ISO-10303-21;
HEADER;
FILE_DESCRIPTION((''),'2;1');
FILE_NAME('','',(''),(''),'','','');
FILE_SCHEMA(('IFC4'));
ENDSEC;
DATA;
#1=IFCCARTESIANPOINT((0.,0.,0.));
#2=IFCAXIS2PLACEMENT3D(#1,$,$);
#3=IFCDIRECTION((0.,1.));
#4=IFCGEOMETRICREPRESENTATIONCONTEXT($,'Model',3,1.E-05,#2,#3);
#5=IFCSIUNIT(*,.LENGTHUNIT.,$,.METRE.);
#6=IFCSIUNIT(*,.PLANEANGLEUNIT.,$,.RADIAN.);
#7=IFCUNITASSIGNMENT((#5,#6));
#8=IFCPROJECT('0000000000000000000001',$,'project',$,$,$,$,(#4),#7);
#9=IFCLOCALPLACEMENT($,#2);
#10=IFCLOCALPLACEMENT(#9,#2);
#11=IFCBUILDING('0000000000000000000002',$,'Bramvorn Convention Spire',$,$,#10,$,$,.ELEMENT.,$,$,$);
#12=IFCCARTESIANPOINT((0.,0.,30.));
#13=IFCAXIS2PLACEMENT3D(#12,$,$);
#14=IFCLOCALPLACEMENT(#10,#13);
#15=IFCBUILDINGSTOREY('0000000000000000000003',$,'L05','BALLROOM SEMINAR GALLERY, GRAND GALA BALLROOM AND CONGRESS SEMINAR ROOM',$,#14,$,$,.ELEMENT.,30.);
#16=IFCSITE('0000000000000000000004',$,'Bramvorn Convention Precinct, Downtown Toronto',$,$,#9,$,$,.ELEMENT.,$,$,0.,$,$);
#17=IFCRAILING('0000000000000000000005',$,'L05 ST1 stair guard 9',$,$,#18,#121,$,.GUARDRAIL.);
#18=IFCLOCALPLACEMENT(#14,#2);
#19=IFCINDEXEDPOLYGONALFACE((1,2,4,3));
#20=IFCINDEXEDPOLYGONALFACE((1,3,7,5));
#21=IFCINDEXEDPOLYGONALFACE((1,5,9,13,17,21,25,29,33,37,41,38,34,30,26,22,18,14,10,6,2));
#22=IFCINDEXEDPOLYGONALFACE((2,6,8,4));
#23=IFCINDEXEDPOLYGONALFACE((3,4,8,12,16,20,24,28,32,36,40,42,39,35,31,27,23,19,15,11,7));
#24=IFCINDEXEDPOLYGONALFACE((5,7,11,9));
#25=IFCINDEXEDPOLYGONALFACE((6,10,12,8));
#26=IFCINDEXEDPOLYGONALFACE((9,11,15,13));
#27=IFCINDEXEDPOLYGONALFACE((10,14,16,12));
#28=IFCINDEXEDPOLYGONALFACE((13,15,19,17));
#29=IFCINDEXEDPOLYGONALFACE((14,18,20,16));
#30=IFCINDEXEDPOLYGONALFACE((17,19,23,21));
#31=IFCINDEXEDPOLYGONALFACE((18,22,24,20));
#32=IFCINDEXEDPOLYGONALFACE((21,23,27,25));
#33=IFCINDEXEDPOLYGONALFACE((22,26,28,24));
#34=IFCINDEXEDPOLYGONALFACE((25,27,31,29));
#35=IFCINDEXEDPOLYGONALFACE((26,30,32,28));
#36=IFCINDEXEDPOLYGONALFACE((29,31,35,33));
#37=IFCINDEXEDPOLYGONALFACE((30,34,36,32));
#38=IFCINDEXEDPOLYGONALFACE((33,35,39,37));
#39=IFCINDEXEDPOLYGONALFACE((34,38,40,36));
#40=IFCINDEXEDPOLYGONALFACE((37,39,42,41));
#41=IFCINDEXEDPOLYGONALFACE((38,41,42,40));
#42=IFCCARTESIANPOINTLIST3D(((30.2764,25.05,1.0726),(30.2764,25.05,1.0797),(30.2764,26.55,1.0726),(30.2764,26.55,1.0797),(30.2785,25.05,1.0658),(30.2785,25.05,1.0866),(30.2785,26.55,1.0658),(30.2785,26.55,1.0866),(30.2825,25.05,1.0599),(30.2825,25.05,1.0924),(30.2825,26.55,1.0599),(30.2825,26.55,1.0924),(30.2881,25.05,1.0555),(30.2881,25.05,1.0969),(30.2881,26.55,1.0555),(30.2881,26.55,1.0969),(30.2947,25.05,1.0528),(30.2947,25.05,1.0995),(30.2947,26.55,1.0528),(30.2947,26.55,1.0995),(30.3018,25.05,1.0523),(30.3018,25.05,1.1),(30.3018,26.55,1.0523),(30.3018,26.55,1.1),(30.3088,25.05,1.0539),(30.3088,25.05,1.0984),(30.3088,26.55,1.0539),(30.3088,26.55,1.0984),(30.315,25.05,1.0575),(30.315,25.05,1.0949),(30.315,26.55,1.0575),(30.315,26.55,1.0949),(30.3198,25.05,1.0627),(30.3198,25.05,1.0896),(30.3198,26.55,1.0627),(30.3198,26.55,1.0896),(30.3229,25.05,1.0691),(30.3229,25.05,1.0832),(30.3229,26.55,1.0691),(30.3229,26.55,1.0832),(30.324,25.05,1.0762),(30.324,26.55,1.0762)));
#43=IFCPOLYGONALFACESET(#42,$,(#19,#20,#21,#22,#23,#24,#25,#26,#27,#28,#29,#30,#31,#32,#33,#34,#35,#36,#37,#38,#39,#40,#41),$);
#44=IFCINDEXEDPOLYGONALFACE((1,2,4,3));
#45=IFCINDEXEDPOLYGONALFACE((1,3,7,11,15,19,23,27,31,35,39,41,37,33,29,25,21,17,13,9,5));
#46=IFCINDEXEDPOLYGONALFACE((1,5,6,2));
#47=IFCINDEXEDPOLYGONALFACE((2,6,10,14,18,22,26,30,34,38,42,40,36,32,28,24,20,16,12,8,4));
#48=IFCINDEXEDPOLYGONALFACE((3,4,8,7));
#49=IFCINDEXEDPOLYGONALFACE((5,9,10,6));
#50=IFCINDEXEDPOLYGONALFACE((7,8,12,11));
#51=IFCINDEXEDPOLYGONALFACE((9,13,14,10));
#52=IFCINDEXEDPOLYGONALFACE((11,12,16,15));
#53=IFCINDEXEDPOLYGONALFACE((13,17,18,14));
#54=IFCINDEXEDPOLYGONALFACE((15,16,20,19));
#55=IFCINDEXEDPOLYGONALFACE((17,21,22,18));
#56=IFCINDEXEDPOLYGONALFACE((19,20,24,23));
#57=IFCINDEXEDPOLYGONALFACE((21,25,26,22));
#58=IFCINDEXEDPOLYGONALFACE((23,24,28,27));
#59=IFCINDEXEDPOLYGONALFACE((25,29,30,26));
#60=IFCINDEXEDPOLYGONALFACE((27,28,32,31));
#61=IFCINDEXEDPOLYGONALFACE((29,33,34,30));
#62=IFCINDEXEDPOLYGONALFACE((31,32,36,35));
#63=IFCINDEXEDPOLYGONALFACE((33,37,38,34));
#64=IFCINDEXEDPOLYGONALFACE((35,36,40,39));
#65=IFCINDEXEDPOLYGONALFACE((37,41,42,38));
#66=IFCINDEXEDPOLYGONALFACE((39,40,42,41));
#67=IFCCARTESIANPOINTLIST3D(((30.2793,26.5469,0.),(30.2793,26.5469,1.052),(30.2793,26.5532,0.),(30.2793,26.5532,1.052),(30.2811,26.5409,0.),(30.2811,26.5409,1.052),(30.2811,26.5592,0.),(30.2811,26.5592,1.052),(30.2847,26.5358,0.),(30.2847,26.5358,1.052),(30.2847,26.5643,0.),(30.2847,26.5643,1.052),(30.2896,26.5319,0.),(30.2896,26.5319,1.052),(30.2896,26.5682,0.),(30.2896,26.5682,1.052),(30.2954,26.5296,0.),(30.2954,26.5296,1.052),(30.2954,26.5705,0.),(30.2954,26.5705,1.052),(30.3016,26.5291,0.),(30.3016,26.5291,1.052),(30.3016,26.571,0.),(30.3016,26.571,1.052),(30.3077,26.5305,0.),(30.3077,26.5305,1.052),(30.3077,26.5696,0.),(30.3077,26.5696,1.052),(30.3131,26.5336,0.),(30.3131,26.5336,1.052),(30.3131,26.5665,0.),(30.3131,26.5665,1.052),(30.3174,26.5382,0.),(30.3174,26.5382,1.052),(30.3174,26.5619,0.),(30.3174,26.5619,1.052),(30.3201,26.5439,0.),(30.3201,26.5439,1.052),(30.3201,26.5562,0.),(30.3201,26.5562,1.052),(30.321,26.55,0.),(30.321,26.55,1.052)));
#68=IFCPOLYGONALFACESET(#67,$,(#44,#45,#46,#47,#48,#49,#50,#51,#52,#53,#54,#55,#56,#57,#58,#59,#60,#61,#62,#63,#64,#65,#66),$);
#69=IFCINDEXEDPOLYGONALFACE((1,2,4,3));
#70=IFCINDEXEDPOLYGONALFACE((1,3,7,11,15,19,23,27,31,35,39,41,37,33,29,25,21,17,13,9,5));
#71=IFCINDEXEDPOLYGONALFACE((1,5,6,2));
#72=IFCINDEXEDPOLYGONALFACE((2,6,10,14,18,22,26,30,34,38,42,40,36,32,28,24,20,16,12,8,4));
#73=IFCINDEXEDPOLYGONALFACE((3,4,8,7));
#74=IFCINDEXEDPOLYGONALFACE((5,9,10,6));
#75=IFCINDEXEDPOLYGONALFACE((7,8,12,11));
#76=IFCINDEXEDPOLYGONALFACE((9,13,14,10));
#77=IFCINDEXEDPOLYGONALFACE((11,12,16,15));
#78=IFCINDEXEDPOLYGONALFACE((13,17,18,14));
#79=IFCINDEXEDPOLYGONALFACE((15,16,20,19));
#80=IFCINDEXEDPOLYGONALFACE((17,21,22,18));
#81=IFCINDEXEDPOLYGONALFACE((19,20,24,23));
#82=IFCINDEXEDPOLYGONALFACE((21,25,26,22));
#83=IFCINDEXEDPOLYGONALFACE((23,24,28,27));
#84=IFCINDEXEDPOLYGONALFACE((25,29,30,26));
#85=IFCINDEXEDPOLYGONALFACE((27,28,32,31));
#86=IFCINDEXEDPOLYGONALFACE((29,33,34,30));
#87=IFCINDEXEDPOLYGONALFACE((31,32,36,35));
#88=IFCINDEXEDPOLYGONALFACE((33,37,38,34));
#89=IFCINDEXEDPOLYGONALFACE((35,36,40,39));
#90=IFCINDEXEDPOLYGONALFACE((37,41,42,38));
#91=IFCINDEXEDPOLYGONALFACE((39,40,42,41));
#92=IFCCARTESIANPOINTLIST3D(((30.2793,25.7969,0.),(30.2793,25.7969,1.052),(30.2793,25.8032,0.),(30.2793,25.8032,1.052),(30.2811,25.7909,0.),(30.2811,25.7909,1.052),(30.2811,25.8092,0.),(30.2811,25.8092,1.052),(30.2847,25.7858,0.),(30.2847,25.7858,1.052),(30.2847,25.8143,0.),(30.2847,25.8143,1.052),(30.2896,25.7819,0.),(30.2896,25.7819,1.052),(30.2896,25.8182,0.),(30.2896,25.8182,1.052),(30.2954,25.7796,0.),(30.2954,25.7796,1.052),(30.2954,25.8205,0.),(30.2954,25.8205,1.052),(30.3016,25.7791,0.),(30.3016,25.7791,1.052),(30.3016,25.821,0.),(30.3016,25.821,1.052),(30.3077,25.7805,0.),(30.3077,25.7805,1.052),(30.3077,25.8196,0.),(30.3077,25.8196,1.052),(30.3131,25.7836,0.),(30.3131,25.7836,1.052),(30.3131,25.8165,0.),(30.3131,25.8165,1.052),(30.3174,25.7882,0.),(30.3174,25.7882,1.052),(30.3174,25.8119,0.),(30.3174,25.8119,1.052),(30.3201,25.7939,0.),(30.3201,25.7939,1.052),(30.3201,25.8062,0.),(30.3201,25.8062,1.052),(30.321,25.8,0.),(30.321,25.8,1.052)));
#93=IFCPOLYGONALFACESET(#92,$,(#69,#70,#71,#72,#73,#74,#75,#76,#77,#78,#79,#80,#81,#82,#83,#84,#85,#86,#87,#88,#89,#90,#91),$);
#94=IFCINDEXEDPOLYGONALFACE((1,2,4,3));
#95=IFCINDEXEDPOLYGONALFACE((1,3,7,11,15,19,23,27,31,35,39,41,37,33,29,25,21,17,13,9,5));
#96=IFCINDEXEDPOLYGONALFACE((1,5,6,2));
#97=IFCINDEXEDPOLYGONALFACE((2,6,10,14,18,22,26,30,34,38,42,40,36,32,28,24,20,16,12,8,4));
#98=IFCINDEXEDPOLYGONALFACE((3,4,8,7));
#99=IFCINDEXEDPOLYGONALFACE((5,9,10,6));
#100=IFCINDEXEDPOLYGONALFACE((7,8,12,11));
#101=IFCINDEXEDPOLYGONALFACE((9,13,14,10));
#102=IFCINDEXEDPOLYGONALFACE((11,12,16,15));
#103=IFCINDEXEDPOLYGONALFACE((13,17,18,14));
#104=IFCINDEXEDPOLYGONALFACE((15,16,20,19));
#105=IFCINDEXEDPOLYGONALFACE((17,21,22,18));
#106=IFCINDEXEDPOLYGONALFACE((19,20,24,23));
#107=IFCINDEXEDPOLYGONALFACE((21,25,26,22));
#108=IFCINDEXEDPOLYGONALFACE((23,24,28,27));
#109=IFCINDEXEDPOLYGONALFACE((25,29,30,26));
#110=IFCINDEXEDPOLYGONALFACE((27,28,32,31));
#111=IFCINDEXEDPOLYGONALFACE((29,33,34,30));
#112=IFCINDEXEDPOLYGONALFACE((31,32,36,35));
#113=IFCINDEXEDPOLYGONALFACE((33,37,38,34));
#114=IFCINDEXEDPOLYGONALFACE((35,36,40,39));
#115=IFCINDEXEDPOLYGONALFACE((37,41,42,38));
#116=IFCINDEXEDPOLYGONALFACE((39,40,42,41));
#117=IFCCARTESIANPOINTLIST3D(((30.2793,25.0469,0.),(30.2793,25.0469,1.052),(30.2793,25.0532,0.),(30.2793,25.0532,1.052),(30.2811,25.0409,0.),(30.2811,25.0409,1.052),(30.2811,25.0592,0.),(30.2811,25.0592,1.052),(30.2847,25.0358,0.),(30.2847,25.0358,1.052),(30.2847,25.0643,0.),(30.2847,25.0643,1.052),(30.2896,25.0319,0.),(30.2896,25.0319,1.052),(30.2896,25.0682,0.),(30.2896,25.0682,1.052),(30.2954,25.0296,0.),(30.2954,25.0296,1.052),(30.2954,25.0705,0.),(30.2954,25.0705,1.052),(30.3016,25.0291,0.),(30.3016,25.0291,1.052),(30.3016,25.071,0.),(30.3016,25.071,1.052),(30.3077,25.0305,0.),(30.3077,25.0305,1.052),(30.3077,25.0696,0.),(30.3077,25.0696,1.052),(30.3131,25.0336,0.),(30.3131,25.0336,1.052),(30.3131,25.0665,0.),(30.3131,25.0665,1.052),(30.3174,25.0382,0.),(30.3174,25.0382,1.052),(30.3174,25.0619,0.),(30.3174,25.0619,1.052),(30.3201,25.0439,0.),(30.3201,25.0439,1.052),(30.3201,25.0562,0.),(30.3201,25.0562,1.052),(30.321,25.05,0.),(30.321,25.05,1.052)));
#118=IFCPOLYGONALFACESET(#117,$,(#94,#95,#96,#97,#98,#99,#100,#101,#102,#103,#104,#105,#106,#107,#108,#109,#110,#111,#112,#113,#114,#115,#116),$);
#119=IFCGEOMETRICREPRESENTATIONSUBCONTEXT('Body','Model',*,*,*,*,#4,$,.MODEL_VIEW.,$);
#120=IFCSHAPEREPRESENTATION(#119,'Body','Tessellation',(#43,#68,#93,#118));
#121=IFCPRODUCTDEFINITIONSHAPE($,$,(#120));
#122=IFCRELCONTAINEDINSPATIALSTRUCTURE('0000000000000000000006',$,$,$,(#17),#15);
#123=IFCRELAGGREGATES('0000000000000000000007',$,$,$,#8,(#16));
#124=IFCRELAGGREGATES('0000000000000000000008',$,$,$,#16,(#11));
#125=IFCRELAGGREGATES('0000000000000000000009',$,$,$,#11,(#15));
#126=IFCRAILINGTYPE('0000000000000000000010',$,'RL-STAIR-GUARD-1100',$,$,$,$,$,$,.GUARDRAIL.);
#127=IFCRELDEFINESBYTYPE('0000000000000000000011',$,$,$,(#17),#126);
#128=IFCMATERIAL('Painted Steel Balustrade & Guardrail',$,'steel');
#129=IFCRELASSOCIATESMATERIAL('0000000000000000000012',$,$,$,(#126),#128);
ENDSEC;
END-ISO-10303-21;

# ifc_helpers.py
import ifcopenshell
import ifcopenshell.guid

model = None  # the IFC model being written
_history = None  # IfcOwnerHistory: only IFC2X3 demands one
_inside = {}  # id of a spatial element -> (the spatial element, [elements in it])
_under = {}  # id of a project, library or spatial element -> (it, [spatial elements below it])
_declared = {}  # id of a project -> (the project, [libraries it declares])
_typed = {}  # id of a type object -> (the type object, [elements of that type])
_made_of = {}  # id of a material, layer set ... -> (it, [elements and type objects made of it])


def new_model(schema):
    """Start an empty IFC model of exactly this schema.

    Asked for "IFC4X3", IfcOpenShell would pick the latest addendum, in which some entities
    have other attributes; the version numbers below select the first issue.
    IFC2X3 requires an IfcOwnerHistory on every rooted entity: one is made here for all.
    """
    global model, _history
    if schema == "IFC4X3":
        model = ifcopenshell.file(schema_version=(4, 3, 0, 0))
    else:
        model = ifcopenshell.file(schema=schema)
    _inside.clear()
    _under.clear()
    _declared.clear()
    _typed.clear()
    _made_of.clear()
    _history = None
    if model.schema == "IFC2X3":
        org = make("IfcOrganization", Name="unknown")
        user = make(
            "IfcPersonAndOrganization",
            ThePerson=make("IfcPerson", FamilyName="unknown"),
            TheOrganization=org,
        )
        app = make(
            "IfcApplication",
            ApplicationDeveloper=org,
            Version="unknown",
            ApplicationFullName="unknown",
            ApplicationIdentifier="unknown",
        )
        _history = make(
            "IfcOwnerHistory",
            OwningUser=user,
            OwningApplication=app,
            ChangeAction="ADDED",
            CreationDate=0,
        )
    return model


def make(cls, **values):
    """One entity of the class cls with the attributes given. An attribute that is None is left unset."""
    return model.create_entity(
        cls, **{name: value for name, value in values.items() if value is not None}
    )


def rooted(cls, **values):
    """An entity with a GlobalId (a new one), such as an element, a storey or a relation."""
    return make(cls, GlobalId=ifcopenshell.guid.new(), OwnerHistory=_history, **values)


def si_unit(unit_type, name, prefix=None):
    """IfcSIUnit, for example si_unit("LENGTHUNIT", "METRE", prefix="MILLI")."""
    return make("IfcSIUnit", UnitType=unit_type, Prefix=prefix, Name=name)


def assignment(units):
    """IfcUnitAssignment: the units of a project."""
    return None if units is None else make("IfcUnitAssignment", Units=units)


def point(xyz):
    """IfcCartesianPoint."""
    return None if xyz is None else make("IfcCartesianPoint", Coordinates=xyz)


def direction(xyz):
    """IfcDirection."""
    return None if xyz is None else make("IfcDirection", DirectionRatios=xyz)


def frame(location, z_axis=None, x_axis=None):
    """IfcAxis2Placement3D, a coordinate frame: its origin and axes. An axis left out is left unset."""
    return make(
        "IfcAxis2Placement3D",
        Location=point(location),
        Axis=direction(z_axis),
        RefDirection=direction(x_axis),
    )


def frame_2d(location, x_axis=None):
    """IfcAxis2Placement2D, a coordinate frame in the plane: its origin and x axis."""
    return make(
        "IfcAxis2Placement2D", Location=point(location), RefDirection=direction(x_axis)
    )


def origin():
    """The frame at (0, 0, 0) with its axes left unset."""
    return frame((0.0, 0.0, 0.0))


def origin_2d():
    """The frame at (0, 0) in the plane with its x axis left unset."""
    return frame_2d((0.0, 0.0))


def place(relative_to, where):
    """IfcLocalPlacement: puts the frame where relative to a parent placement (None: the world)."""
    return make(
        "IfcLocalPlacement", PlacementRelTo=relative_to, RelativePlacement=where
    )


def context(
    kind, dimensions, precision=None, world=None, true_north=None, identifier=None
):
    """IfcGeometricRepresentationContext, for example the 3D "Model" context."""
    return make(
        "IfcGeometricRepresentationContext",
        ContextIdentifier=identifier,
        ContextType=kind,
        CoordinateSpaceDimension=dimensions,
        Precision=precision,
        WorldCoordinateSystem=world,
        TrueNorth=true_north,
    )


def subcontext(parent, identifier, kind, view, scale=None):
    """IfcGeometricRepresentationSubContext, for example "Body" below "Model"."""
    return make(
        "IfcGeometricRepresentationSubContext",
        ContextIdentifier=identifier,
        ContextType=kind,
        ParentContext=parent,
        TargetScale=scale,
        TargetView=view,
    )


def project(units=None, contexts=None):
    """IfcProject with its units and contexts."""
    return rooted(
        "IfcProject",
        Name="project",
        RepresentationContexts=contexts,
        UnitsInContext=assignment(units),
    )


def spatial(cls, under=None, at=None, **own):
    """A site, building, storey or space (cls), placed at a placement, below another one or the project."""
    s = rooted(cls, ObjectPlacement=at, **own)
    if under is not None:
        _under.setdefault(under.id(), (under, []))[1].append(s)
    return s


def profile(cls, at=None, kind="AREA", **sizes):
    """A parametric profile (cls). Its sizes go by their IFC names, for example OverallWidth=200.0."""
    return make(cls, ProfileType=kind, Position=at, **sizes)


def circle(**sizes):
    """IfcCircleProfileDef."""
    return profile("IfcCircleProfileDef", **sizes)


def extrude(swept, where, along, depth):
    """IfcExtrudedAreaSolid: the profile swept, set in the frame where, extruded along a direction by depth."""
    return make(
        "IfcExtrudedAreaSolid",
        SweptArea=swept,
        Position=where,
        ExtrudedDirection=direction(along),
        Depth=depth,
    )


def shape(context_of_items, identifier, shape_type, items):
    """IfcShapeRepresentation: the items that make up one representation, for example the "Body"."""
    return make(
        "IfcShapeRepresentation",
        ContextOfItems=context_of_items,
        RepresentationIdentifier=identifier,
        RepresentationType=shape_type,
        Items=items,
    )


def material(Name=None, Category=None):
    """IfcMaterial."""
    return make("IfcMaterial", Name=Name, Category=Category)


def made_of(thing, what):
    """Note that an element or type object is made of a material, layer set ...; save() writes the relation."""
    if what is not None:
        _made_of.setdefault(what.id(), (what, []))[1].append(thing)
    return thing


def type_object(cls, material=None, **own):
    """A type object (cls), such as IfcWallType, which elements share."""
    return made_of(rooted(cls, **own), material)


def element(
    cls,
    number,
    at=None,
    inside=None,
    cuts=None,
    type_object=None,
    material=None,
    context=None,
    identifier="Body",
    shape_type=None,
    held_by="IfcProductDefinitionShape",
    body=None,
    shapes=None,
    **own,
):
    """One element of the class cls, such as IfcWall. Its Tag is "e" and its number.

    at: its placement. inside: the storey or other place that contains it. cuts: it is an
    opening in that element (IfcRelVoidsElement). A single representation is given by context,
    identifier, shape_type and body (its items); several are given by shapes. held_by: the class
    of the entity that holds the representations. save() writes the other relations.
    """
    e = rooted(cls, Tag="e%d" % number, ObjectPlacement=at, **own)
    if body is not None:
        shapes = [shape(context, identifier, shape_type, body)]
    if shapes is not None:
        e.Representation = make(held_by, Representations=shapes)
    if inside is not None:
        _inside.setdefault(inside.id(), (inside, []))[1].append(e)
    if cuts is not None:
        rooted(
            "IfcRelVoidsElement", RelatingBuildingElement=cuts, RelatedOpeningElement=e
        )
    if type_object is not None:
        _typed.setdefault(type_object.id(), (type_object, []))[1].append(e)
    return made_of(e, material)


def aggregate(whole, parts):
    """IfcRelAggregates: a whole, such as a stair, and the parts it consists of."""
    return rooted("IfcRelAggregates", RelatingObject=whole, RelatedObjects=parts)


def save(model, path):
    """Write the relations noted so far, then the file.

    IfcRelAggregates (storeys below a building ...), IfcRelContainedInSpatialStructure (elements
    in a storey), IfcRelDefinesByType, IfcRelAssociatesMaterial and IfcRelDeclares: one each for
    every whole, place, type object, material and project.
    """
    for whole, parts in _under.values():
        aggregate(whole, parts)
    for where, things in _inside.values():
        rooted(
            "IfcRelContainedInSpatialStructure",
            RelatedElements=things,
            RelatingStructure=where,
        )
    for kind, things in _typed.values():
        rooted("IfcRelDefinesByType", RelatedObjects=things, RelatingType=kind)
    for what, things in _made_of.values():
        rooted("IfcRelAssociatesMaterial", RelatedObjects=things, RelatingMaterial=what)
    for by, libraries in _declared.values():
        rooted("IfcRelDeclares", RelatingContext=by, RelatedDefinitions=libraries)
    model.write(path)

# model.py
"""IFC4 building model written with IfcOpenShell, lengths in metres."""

from ifc_helpers import new_model, si_unit, direction, frame, origin, origin_2d, place, context, subcontext, project, spatial, circle, extrude, material, type_object, element, save


model = new_model("IFC4")

# Units and contexts
model_context = context("Model", 3, precision=1e-05, world=origin(), true_north=direction((0.0, 1.0)))
body_context = subcontext(model_context, "Body", "Model", "MODEL_VIEW")
ifc_project = project(units=[si_unit("LENGTHUNIT", "METRE"), si_unit("PLANEANGLEUNIT", "RADIAN")], contexts=[model_context])

# Site, building, storey
site_placement = place(None, origin())
site = spatial("IfcSite", under=ifc_project, at=site_placement, Name="Bramvorn Convention Precinct, Downtown Toronto", CompositionType="ELEMENT", RefElevation=0.0)
building_placement = place(site_placement, origin())
building = spatial("IfcBuilding", under=site, at=building_placement, Name="Bramvorn Convention Spire", CompositionType="ELEMENT")
storey_placement = place(building_placement, frame((0.0, 0.0, 30.0)))
storey = spatial("IfcBuildingStorey", under=building, at=storey_placement, Name="L05", Description="BALLROOM SEMINAR GALLERY, GRAND GALA BALLROOM AND CONGRESS SEMINAR ROOM", CompositionType="ELEMENT", Elevation=30.0)

# Railing
ifc_material_1 = material(Name="Painted Steel Balustrade & Guardrail", Category="steel")
railing_type_1 = type_object("IfcRailingType", Name="RL-STAIR-GUARD-1100", PredefinedType="GUARDRAIL", material=ifc_material_1)
for number, where, name in (
    (1, (30.3, 26.55, 0.0), "L05 ST1 stair guard 9"),
):
    element("IfcRailing", number, at=place(storey_placement, frame(where)), inside=storey, type_object=railing_type_1, Name=name, PredefinedType="GUARDRAIL", context=body_context, shape_type="SweptSolid", body=[
        extrude(circle(Radius=0.0239, at=origin_2d()), frame((0.0, 0.0, 1.0762), z_axis=(0.0, -1.0, 0.0), x_axis=(1.0, 0.0, 0.0)), (0.0, 0.0, 1.0), 1.5),
        extrude(circle(Radius=0.021, at=origin_2d()), origin(), (0.0, 0.0, 1.0), 1.052),
        extrude(circle(Radius=0.021, at=origin_2d()), frame((0.0, -0.75, 0.0)), (0.0, 0.0, 1.0), 1.052),
        extrude(circle(Radius=0.021, at=origin_2d()), frame((0.0, -1.5, 0.0)), (0.0, 0.0, 1.0), 1.052),
    ])

save(model, "model.ifc")
